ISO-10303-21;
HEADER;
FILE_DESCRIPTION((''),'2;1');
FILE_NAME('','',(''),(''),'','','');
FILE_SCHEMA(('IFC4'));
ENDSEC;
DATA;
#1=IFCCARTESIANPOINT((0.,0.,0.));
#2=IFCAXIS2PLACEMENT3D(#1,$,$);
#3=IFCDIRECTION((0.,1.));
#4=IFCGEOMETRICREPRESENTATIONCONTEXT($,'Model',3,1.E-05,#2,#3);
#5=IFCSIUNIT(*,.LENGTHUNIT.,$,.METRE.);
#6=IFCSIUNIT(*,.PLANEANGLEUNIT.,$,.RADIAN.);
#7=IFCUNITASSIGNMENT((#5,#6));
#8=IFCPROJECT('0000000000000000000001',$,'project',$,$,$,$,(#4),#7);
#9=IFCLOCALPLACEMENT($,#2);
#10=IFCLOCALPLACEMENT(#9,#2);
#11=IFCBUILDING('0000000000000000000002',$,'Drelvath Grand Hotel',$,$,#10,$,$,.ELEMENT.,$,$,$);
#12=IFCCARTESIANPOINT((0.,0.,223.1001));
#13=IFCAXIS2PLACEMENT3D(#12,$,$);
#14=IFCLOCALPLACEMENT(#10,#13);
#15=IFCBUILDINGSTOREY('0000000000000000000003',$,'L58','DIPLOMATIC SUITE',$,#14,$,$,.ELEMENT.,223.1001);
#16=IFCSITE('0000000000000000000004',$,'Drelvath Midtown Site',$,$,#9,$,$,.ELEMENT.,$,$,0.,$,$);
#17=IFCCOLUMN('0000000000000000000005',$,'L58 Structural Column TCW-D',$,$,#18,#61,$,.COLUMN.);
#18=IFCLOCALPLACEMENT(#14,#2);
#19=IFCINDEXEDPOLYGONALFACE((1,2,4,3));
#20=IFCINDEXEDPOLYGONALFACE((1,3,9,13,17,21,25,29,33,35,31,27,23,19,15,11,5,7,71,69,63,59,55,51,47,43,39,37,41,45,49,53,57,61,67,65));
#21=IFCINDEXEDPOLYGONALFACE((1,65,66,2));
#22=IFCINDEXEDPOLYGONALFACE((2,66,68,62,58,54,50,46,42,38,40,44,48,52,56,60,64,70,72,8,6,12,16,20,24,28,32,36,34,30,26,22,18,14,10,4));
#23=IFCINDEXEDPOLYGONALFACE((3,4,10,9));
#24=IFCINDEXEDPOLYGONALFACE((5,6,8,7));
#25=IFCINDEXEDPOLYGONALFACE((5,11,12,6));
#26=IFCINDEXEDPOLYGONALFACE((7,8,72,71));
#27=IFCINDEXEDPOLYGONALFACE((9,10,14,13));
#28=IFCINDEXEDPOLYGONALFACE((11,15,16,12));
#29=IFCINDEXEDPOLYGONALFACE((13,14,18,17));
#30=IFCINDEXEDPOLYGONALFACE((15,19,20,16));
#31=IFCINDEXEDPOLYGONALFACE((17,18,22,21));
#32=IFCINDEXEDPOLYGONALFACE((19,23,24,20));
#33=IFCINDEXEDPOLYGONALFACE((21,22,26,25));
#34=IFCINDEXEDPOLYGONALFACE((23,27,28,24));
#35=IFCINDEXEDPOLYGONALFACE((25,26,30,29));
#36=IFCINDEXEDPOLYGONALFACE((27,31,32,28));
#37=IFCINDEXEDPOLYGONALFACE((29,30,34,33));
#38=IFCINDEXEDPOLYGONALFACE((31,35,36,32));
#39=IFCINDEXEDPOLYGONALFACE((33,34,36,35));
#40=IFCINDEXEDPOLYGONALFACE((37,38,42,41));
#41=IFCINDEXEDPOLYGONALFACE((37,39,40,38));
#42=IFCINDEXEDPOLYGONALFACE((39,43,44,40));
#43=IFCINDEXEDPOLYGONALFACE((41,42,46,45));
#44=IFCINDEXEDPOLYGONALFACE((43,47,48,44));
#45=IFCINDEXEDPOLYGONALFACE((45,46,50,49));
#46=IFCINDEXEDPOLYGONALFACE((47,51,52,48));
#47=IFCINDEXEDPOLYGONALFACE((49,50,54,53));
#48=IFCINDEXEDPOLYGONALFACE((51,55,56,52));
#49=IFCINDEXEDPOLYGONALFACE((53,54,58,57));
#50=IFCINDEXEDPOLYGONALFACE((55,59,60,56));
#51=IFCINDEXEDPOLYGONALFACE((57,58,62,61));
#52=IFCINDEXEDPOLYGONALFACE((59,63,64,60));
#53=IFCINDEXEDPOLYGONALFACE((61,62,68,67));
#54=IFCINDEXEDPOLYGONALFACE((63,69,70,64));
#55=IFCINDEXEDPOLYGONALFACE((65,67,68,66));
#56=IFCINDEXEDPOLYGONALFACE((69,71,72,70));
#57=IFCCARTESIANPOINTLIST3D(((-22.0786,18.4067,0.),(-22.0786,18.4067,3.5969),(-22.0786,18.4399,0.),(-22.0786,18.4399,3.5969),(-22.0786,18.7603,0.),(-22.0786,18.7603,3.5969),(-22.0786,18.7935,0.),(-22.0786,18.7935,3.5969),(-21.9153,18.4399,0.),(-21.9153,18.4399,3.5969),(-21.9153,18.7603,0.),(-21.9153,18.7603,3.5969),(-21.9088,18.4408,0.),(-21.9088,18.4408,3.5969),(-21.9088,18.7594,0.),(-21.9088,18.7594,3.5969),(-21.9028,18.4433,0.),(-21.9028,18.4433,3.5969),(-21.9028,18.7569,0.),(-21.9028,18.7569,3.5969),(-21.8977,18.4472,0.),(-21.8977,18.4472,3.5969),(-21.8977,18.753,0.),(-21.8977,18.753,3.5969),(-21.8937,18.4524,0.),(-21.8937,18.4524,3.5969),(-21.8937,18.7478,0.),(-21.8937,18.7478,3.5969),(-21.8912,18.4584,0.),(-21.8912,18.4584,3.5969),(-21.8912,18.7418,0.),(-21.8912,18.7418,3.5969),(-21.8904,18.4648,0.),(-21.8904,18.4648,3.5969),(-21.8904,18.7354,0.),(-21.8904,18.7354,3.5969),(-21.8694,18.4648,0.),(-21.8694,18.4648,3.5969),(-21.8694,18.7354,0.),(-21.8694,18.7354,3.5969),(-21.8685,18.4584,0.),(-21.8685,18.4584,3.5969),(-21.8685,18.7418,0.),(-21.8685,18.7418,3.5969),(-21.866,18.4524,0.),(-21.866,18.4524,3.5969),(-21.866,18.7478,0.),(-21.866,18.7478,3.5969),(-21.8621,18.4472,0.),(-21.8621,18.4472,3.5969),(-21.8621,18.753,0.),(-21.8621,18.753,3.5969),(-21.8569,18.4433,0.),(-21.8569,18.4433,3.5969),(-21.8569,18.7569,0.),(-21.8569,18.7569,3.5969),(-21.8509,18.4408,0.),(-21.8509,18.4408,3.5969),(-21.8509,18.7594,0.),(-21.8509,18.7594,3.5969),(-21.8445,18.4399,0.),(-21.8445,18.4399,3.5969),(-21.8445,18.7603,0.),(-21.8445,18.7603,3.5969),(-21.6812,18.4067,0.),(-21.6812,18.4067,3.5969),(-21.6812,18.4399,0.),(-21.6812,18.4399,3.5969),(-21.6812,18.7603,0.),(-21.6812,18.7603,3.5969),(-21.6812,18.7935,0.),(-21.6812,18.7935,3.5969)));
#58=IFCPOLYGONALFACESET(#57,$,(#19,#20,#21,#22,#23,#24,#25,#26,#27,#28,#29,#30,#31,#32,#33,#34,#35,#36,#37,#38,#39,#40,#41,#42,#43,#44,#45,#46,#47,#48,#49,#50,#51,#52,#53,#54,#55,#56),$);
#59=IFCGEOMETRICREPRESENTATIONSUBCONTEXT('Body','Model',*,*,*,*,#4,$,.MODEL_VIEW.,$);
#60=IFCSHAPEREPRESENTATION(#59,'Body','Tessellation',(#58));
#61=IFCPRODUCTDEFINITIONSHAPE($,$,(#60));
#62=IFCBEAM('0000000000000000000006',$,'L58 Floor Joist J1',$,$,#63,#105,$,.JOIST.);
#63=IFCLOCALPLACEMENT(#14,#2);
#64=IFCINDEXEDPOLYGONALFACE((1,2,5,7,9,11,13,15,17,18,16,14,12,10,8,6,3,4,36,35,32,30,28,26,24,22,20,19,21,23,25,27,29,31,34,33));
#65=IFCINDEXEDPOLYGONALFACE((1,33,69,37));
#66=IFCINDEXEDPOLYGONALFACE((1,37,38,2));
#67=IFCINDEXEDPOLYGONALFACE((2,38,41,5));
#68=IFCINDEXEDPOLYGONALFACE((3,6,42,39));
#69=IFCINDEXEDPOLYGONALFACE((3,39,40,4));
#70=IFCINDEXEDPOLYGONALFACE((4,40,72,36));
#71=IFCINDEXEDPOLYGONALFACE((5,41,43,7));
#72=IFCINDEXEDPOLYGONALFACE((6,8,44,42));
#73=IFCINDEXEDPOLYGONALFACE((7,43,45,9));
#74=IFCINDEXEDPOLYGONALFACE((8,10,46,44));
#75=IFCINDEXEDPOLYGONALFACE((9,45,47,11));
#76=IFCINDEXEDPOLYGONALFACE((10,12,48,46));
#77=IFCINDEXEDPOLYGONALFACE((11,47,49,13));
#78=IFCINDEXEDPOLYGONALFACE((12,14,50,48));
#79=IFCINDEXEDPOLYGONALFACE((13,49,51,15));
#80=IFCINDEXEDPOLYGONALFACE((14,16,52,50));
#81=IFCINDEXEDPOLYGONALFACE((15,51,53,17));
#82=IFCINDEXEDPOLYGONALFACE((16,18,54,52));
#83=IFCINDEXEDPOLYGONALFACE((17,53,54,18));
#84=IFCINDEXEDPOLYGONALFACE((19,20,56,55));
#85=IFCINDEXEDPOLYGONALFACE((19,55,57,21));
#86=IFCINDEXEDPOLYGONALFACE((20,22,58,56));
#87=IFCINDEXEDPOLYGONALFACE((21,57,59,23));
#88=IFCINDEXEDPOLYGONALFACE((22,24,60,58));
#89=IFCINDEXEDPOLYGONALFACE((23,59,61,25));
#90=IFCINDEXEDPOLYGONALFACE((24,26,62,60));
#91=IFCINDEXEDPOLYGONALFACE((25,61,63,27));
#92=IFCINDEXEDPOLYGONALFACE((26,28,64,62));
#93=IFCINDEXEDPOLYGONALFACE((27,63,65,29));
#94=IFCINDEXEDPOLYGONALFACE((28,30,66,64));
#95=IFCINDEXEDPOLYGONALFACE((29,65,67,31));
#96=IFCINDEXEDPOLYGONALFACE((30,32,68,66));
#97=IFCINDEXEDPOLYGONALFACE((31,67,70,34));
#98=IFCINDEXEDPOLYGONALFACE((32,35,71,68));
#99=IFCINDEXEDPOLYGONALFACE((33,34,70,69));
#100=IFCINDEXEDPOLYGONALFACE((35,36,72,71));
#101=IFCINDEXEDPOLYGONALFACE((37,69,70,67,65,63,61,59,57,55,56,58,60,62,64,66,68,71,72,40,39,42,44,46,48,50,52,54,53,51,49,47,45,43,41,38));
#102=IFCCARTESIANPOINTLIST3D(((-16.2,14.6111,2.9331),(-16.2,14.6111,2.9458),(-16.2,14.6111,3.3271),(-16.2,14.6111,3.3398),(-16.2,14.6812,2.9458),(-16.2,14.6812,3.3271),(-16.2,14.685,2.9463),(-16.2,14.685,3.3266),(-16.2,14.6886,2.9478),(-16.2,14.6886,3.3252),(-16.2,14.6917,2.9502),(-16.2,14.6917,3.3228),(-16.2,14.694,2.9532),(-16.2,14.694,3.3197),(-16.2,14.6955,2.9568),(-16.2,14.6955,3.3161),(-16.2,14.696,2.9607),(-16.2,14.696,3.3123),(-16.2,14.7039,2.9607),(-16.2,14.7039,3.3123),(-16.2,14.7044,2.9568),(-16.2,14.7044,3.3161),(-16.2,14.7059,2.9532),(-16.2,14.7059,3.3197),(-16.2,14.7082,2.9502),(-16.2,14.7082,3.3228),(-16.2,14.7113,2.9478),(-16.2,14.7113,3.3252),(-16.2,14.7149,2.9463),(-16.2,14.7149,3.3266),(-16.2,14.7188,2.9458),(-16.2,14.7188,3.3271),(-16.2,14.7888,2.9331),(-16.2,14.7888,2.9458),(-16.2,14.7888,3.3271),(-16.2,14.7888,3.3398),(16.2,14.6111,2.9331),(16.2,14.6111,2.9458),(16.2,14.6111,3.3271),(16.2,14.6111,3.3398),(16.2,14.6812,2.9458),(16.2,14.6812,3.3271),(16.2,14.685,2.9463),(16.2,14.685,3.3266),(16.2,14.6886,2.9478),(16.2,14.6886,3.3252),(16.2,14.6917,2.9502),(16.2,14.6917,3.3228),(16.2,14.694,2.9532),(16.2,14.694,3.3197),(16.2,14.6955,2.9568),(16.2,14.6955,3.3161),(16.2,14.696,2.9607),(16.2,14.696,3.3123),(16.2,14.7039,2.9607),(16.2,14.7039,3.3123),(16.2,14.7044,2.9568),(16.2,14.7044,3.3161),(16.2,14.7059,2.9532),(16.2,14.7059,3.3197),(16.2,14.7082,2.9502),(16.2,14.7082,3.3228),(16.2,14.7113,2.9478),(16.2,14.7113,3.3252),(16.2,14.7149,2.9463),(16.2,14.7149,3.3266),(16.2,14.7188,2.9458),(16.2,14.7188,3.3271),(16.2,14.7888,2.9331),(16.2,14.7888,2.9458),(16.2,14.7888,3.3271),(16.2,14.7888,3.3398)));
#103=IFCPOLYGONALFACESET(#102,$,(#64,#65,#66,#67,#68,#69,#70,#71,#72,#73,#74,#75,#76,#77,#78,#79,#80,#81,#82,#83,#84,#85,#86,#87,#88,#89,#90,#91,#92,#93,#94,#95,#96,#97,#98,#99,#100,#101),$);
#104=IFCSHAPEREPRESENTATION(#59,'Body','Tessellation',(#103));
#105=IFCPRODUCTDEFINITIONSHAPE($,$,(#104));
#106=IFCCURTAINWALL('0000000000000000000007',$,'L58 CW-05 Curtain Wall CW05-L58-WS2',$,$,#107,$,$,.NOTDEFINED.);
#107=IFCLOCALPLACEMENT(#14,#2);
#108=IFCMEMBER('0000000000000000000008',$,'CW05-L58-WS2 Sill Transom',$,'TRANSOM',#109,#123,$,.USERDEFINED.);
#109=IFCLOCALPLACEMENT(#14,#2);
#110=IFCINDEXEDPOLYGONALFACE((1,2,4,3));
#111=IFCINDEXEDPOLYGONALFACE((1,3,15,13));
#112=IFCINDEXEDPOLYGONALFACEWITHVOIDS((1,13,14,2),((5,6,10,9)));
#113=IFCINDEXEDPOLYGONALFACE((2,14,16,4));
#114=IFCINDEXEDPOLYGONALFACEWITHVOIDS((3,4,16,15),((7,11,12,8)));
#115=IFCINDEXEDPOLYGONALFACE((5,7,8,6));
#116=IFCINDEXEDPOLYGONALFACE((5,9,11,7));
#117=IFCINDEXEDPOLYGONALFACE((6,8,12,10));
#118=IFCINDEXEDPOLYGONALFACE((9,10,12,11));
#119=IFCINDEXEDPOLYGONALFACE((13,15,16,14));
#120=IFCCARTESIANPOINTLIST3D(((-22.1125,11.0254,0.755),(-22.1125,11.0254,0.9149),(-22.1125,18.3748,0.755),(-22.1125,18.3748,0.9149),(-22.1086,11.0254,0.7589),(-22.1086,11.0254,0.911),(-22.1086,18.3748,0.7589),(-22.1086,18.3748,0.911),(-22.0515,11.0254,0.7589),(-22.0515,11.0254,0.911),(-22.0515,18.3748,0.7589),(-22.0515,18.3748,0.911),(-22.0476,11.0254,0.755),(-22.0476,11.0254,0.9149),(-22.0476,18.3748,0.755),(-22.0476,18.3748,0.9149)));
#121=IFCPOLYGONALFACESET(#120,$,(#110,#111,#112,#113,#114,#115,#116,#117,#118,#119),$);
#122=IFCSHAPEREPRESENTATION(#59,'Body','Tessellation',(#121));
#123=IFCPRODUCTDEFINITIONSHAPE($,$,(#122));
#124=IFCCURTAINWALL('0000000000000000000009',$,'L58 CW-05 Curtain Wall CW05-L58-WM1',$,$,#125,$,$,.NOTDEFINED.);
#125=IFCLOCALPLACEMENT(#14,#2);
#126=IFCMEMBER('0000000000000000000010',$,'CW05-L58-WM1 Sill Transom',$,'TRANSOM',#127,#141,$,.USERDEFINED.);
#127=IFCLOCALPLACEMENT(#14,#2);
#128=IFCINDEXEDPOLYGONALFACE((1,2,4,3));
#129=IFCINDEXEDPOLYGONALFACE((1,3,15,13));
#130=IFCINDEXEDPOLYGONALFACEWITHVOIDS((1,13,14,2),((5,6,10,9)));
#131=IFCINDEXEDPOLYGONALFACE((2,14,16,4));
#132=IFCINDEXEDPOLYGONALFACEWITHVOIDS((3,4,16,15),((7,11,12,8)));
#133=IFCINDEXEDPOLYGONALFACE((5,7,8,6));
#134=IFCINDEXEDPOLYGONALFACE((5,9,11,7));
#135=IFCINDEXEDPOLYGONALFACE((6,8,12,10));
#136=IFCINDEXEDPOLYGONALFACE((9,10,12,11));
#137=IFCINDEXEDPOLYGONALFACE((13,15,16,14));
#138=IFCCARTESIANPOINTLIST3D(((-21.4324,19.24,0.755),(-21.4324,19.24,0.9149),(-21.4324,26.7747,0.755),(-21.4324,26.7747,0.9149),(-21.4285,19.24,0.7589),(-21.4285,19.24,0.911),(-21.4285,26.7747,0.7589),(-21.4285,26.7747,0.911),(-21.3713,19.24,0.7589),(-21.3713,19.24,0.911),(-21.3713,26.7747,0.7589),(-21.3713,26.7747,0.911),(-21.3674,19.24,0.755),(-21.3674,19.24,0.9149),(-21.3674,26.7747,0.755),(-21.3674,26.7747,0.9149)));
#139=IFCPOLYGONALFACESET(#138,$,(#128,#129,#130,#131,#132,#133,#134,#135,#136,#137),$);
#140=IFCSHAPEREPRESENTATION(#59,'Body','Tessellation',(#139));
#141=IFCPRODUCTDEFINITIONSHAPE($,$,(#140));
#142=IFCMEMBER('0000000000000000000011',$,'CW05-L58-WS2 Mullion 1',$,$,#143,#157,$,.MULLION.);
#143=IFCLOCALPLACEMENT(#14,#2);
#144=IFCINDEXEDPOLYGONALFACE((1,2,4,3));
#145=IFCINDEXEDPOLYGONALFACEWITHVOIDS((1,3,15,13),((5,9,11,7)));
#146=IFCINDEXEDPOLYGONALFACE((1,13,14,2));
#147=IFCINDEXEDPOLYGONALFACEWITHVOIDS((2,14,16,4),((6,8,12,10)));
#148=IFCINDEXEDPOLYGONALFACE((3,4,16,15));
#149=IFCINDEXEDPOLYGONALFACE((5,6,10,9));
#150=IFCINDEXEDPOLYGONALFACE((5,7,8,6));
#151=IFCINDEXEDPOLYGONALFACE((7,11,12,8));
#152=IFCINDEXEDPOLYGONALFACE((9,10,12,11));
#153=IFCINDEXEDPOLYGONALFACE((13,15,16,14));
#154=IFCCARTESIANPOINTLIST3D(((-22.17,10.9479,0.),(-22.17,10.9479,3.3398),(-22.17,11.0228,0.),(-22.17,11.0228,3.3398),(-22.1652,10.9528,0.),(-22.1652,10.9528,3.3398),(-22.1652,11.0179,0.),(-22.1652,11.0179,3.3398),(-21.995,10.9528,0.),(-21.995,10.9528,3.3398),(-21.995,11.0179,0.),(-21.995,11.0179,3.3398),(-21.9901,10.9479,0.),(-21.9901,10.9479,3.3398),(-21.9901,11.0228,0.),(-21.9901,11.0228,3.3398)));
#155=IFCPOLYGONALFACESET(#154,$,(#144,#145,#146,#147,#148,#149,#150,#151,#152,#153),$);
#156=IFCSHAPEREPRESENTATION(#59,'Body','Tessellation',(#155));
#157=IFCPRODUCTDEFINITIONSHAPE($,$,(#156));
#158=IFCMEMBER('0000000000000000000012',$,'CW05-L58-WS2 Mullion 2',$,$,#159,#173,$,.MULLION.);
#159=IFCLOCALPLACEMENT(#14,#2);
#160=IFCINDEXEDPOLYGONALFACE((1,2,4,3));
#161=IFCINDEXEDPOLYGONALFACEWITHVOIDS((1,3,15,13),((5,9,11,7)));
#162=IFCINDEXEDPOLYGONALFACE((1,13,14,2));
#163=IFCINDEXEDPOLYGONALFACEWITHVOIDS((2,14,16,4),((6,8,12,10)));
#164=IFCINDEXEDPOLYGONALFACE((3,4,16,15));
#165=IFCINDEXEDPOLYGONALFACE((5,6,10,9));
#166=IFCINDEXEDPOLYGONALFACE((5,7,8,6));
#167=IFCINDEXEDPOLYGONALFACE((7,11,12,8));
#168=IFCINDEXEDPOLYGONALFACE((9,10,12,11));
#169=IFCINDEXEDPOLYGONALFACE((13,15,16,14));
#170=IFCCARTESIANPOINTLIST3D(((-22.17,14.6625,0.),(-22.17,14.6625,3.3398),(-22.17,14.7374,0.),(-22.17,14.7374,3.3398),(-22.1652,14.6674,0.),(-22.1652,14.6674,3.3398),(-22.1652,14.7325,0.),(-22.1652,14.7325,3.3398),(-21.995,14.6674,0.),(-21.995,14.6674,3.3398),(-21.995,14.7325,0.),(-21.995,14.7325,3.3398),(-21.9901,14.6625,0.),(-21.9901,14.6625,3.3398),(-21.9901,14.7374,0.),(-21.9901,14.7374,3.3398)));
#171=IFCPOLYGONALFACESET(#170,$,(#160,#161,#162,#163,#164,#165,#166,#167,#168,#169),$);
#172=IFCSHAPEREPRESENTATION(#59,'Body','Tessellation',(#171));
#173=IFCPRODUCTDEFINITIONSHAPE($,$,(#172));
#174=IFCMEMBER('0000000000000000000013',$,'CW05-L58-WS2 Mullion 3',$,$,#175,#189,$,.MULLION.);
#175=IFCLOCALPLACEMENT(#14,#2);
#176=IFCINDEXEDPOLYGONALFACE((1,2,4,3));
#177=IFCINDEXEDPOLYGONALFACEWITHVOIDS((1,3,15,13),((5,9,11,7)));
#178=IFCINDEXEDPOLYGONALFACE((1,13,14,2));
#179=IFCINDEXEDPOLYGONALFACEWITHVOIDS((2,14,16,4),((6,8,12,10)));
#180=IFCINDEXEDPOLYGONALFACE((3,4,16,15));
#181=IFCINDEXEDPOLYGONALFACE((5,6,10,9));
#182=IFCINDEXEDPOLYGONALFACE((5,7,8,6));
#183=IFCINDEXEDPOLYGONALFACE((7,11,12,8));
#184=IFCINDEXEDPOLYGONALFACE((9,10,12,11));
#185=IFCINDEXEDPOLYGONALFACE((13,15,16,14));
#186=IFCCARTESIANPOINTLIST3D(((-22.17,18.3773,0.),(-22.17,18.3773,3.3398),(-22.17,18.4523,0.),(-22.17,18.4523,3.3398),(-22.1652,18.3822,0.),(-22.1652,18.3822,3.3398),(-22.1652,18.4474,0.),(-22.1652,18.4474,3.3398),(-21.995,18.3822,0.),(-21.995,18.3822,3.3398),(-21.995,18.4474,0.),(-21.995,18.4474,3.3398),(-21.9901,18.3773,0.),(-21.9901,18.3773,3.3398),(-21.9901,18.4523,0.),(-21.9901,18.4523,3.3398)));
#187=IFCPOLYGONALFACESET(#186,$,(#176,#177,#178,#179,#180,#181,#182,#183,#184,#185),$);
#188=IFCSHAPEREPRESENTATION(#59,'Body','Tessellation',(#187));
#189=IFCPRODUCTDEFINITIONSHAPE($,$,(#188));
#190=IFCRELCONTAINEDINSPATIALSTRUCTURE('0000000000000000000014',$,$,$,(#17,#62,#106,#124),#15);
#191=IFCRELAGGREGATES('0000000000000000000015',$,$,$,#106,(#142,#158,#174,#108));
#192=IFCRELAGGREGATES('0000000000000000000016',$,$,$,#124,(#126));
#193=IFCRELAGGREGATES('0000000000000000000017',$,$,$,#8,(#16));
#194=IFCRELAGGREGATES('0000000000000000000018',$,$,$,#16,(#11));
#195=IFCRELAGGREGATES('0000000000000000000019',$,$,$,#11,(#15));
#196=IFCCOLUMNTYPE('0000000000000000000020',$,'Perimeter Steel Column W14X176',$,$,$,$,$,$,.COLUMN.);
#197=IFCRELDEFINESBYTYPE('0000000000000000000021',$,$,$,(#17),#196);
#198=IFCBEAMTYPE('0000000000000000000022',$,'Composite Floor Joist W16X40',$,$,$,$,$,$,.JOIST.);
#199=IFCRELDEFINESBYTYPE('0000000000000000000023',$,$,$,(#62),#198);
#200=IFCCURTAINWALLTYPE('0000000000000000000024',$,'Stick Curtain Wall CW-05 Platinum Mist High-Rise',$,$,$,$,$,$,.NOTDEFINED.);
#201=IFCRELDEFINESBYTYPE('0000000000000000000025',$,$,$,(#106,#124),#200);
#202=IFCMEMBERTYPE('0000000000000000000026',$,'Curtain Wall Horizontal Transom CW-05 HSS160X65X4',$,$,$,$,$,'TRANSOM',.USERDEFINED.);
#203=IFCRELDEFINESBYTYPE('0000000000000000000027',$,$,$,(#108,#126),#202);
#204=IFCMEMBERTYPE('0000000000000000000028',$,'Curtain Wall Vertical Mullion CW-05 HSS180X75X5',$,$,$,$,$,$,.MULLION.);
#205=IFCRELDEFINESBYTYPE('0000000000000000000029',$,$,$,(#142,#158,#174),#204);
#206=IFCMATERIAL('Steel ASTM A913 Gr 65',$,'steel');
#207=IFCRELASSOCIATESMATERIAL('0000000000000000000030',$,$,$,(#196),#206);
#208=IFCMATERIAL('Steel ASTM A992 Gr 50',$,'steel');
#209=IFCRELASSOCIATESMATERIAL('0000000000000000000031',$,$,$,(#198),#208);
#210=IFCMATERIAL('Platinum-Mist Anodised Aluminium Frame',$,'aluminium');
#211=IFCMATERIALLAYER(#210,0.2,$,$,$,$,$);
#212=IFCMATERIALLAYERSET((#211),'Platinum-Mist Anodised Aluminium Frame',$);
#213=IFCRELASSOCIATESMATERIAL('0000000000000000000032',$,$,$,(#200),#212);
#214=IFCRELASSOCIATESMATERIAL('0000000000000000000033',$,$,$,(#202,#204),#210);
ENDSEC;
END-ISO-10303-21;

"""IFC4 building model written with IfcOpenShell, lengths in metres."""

from ifc_helpers import new_model, si_unit, direction, frame, origin, origin_2d, place, context, subcontext, project, spatial, hollow_rectangle, i_section, extrude, material, layer, layer_set, material_profile, profile_set, type_object, element, aggregate, save


model = new_model("IFC4")

# Units and contexts
model_context = context("Model", 3, precision=1e-05, world=origin(), true_north=direction((0.0, 1.0)))
body_context = subcontext(model_context, "Body", "Model", "MODEL_VIEW")
ifc_project = project(units=[si_unit("LENGTHUNIT", "METRE"), si_unit("PLANEANGLEUNIT", "RADIAN")], contexts=[model_context])

# Site, building, storey
site_placement = place(None, origin())
site = spatial("IfcSite", under=ifc_project, at=site_placement, Name="Drelvath Midtown Site", CompositionType="ELEMENT", RefElevation=0.0)
building_placement = place(site_placement, origin())
building = spatial("IfcBuilding", under=site, at=building_placement, Name="Drelvath Grand Hotel", CompositionType="ELEMENT")
storey_placement = place(building_placement, frame((0.0, 0.0, 223.1001)))
storey = spatial("IfcBuildingStorey", under=building, at=storey_placement, Name="L58", Description="DIPLOMATIC SUITE", CompositionType="ELEMENT", Elevation=223.1001)

# Column
ifc_material_1 = material(Name="Steel ASTM A913 Gr 65", Category="steel")
ifc_material_profile_1 = material_profile(ifc_material_1, i_section(OverallWidth=0.3975, OverallDepth=0.3867, WebThickness=0.021, FlangeThickness=0.0332, FilletRadius=0.0249, at=origin_2d()), Name="W14X176")
ifc_profile_set_1 = profile_set([ifc_material_profile_1], Name="Steel ASTM A913 Gr 65")
column_type = type_object("IfcColumnType", Name="Perimeter Steel Column W14X176", PredefinedType="COLUMN", material=ifc_profile_set_1)
column_placement = place(storey_placement, frame((-21.8799, 18.6001, 0.0), z_axis=(0.0, 0.0, 1.0), x_axis=(1.0, 0.0, 0.0)))
element("IfcColumn", 1, at=column_placement, inside=storey, type_object=column_type, Name="L58 Structural Column TCW-D", PredefinedType="COLUMN", context=body_context, shape_type="SweptSolid", body=[
    extrude(i_section(OverallWidth=0.3975, OverallDepth=0.3867, WebThickness=0.021, FlangeThickness=0.0332, FilletRadius=0.0249, at=origin_2d()), origin(), (0.0, 0.0, 1.0), 3.5969),
])

# Beam
ifc_material_2 = material(Name="Steel ASTM A992 Gr 50", Category="steel")
ifc_material_profile_2 = material_profile(ifc_material_2, i_section(OverallWidth=0.1777, OverallDepth=0.4067, WebThickness=0.0078, FlangeThickness=0.0127, FilletRadius=0.0149, at=origin_2d()), Name="W16X40")
ifc_profile_set_2 = profile_set([ifc_material_profile_2], Name="Steel ASTM A992 Gr 50")
beam_type_1 = type_object("IfcBeamType", Name="Composite Floor Joist W16X40", PredefinedType="JOIST", material=ifc_profile_set_2)
beam_1_placement = place(storey_placement, frame((-16.2, 14.7, 3.1365), z_axis=(1.0, 0.0, 0.0), x_axis=(0.0, 1.0, 0.0)))
element("IfcBeam", 2, at=beam_1_placement, inside=storey, type_object=beam_type_1, Name="L58 Floor Joist J1", PredefinedType="JOIST", context=body_context, shape_type="SweptSolid", body=[
    extrude(i_section(OverallWidth=0.1777, OverallDepth=0.4067, WebThickness=0.0078, FlangeThickness=0.0127, FilletRadius=0.0149, at=origin_2d()), origin(), (0.0, 0.0, 1.0), 32.3999),
])

# Curtain walls, members
ifc_material_3 = material(Name="Platinum-Mist Anodised Aluminium Frame", Category="aluminium")
ifc_layer_1 = layer(ifc_material_3, 0.2)
ifc_layer_set_1 = layer_set([ifc_layer_1], Name="Platinum-Mist Anodised Aluminium Frame")
curtain_wall_type = type_object("IfcCurtainWallType", Name="Stick Curtain Wall CW-05 Platinum Mist High-Rise", PredefinedType="NOTDEFINED", material=ifc_layer_set_1)
curtain_wall_1_placement = place(storey_placement, origin())
curtain_wall_1 = element("IfcCurtainWall", 3, at=curtain_wall_1_placement, inside=storey, type_object=curtain_wall_type, Name="L58 CW-05 Curtain Wall CW05-L58-WS2", PredefinedType="NOTDEFINED")
ifc_material_profile_3 = material_profile(ifc_material_3, hollow_rectangle(XDim=0.0649, YDim=0.1599, WallThickness=0.0039, at=origin_2d()), Name="HSS160X65X4")
ifc_profile_set_3 = profile_set([ifc_material_profile_3], Name="Platinum-Mist Anodised Aluminium Frame")
member_type_1 = type_object("IfcMemberType", Name="Curtain Wall Horizontal Transom CW-05 HSS160X65X4", ElementType="TRANSOM", PredefinedType="USERDEFINED", material=ifc_profile_set_3)
member_1_placement = place(storey_placement, frame((-22.0801, 11.0254, 0.835), z_axis=(0.0, 1.0, 0.0), x_axis=(-1.0, 0.0, 0.0)))
member_1 = element("IfcMember", 4, at=member_1_placement, type_object=member_type_1, Name="CW05-L58-WS2 Sill Transom", ObjectType="TRANSOM", PredefinedType="USERDEFINED", context=body_context, shape_type="SweptSolid", body=[
    extrude(hollow_rectangle(XDim=0.0649, YDim=0.1599, WallThickness=0.0039, at=origin_2d()), origin(), (0.0, 0.0, 1.0), 7.3494),
])
curtain_wall_2_placement = place(storey_placement, origin())
curtain_wall_2 = element("IfcCurtainWall", 5, at=curtain_wall_2_placement, inside=storey, type_object=curtain_wall_type, Name="L58 CW-05 Curtain Wall CW05-L58-WM1", PredefinedType="NOTDEFINED")
member_2_placement = place(storey_placement, frame((-21.3999, 19.24, 0.835), z_axis=(0.0, 1.0, 0.0), x_axis=(-1.0, 0.0, 0.0)))
member_2 = element("IfcMember", 6, at=member_2_placement, type_object=member_type_1, Name="CW05-L58-WM1 Sill Transom", ObjectType="TRANSOM", PredefinedType="USERDEFINED", context=body_context, shape_type="SweptSolid", body=[
    extrude(hollow_rectangle(XDim=0.0649, YDim=0.1599, WallThickness=0.0039, at=origin_2d()), origin(), (0.0, 0.0, 1.0), 7.5347),
])

# Members
ifc_material_profile_4 = material_profile(ifc_material_3, hollow_rectangle(XDim=0.075, YDim=0.1799, WallThickness=0.0049, at=origin_2d()), Name="HSS180X75X5")
ifc_profile_set_4 = profile_set([ifc_material_profile_4], Name="Platinum-Mist Anodised Aluminium Frame")
member_type_2 = type_object("IfcMemberType", Name="Curtain Wall Vertical Mullion CW-05 HSS180X75X5", PredefinedType="MULLION", material=ifc_profile_set_4)
member_3_placement = place(storey_placement, frame((-22.0801, 10.9854, 0.0), z_axis=(0.0, 0.0, 1.0), x_axis=(0.0, 1.0, 0.0)))
member_3 = element("IfcMember", 7, at=member_3_placement, type_object=member_type_2, Name="CW05-L58-WS2 Mullion 1", PredefinedType="MULLION", context=body_context, shape_type="SweptSolid", body=[
    extrude(hollow_rectangle(XDim=0.075, YDim=0.1799, WallThickness=0.0049, at=origin_2d()), origin(), (0.0, 0.0, 1.0), 3.3398),
])
member_4_placement = place(storey_placement, frame((-22.0801, 14.7, 0.0), z_axis=(0.0, 0.0, 1.0), x_axis=(0.0, 1.0, 0.0)))
member_4 = element("IfcMember", 8, at=member_4_placement, type_object=member_type_2, Name="CW05-L58-WS2 Mullion 2", PredefinedType="MULLION", context=body_context, shape_type="SweptSolid", body=[
    extrude(hollow_rectangle(XDim=0.075, YDim=0.1799, WallThickness=0.0049, at=origin_2d()), origin(), (0.0, 0.0, 1.0), 3.3398),
])
member_5_placement = place(storey_placement, frame((-22.0801, 18.4148, 0.0), z_axis=(0.0, 0.0, 1.0), x_axis=(0.0, 1.0, 0.0)))
member_5 = element("IfcMember", 9, at=member_5_placement, type_object=member_type_2, Name="CW05-L58-WS2 Mullion 3", PredefinedType="MULLION", context=body_context, shape_type="SweptSolid", body=[
    extrude(hollow_rectangle(XDim=0.075, YDim=0.1799, WallThickness=0.0049, at=origin_2d()), origin(), (0.0, 0.0, 1.0), 3.3398),
])

aggregate(curtain_wall_1, [member_3, member_4, member_5, member_1])
aggregate(curtain_wall_2, [member_2])

save(model, "model.ifc")
